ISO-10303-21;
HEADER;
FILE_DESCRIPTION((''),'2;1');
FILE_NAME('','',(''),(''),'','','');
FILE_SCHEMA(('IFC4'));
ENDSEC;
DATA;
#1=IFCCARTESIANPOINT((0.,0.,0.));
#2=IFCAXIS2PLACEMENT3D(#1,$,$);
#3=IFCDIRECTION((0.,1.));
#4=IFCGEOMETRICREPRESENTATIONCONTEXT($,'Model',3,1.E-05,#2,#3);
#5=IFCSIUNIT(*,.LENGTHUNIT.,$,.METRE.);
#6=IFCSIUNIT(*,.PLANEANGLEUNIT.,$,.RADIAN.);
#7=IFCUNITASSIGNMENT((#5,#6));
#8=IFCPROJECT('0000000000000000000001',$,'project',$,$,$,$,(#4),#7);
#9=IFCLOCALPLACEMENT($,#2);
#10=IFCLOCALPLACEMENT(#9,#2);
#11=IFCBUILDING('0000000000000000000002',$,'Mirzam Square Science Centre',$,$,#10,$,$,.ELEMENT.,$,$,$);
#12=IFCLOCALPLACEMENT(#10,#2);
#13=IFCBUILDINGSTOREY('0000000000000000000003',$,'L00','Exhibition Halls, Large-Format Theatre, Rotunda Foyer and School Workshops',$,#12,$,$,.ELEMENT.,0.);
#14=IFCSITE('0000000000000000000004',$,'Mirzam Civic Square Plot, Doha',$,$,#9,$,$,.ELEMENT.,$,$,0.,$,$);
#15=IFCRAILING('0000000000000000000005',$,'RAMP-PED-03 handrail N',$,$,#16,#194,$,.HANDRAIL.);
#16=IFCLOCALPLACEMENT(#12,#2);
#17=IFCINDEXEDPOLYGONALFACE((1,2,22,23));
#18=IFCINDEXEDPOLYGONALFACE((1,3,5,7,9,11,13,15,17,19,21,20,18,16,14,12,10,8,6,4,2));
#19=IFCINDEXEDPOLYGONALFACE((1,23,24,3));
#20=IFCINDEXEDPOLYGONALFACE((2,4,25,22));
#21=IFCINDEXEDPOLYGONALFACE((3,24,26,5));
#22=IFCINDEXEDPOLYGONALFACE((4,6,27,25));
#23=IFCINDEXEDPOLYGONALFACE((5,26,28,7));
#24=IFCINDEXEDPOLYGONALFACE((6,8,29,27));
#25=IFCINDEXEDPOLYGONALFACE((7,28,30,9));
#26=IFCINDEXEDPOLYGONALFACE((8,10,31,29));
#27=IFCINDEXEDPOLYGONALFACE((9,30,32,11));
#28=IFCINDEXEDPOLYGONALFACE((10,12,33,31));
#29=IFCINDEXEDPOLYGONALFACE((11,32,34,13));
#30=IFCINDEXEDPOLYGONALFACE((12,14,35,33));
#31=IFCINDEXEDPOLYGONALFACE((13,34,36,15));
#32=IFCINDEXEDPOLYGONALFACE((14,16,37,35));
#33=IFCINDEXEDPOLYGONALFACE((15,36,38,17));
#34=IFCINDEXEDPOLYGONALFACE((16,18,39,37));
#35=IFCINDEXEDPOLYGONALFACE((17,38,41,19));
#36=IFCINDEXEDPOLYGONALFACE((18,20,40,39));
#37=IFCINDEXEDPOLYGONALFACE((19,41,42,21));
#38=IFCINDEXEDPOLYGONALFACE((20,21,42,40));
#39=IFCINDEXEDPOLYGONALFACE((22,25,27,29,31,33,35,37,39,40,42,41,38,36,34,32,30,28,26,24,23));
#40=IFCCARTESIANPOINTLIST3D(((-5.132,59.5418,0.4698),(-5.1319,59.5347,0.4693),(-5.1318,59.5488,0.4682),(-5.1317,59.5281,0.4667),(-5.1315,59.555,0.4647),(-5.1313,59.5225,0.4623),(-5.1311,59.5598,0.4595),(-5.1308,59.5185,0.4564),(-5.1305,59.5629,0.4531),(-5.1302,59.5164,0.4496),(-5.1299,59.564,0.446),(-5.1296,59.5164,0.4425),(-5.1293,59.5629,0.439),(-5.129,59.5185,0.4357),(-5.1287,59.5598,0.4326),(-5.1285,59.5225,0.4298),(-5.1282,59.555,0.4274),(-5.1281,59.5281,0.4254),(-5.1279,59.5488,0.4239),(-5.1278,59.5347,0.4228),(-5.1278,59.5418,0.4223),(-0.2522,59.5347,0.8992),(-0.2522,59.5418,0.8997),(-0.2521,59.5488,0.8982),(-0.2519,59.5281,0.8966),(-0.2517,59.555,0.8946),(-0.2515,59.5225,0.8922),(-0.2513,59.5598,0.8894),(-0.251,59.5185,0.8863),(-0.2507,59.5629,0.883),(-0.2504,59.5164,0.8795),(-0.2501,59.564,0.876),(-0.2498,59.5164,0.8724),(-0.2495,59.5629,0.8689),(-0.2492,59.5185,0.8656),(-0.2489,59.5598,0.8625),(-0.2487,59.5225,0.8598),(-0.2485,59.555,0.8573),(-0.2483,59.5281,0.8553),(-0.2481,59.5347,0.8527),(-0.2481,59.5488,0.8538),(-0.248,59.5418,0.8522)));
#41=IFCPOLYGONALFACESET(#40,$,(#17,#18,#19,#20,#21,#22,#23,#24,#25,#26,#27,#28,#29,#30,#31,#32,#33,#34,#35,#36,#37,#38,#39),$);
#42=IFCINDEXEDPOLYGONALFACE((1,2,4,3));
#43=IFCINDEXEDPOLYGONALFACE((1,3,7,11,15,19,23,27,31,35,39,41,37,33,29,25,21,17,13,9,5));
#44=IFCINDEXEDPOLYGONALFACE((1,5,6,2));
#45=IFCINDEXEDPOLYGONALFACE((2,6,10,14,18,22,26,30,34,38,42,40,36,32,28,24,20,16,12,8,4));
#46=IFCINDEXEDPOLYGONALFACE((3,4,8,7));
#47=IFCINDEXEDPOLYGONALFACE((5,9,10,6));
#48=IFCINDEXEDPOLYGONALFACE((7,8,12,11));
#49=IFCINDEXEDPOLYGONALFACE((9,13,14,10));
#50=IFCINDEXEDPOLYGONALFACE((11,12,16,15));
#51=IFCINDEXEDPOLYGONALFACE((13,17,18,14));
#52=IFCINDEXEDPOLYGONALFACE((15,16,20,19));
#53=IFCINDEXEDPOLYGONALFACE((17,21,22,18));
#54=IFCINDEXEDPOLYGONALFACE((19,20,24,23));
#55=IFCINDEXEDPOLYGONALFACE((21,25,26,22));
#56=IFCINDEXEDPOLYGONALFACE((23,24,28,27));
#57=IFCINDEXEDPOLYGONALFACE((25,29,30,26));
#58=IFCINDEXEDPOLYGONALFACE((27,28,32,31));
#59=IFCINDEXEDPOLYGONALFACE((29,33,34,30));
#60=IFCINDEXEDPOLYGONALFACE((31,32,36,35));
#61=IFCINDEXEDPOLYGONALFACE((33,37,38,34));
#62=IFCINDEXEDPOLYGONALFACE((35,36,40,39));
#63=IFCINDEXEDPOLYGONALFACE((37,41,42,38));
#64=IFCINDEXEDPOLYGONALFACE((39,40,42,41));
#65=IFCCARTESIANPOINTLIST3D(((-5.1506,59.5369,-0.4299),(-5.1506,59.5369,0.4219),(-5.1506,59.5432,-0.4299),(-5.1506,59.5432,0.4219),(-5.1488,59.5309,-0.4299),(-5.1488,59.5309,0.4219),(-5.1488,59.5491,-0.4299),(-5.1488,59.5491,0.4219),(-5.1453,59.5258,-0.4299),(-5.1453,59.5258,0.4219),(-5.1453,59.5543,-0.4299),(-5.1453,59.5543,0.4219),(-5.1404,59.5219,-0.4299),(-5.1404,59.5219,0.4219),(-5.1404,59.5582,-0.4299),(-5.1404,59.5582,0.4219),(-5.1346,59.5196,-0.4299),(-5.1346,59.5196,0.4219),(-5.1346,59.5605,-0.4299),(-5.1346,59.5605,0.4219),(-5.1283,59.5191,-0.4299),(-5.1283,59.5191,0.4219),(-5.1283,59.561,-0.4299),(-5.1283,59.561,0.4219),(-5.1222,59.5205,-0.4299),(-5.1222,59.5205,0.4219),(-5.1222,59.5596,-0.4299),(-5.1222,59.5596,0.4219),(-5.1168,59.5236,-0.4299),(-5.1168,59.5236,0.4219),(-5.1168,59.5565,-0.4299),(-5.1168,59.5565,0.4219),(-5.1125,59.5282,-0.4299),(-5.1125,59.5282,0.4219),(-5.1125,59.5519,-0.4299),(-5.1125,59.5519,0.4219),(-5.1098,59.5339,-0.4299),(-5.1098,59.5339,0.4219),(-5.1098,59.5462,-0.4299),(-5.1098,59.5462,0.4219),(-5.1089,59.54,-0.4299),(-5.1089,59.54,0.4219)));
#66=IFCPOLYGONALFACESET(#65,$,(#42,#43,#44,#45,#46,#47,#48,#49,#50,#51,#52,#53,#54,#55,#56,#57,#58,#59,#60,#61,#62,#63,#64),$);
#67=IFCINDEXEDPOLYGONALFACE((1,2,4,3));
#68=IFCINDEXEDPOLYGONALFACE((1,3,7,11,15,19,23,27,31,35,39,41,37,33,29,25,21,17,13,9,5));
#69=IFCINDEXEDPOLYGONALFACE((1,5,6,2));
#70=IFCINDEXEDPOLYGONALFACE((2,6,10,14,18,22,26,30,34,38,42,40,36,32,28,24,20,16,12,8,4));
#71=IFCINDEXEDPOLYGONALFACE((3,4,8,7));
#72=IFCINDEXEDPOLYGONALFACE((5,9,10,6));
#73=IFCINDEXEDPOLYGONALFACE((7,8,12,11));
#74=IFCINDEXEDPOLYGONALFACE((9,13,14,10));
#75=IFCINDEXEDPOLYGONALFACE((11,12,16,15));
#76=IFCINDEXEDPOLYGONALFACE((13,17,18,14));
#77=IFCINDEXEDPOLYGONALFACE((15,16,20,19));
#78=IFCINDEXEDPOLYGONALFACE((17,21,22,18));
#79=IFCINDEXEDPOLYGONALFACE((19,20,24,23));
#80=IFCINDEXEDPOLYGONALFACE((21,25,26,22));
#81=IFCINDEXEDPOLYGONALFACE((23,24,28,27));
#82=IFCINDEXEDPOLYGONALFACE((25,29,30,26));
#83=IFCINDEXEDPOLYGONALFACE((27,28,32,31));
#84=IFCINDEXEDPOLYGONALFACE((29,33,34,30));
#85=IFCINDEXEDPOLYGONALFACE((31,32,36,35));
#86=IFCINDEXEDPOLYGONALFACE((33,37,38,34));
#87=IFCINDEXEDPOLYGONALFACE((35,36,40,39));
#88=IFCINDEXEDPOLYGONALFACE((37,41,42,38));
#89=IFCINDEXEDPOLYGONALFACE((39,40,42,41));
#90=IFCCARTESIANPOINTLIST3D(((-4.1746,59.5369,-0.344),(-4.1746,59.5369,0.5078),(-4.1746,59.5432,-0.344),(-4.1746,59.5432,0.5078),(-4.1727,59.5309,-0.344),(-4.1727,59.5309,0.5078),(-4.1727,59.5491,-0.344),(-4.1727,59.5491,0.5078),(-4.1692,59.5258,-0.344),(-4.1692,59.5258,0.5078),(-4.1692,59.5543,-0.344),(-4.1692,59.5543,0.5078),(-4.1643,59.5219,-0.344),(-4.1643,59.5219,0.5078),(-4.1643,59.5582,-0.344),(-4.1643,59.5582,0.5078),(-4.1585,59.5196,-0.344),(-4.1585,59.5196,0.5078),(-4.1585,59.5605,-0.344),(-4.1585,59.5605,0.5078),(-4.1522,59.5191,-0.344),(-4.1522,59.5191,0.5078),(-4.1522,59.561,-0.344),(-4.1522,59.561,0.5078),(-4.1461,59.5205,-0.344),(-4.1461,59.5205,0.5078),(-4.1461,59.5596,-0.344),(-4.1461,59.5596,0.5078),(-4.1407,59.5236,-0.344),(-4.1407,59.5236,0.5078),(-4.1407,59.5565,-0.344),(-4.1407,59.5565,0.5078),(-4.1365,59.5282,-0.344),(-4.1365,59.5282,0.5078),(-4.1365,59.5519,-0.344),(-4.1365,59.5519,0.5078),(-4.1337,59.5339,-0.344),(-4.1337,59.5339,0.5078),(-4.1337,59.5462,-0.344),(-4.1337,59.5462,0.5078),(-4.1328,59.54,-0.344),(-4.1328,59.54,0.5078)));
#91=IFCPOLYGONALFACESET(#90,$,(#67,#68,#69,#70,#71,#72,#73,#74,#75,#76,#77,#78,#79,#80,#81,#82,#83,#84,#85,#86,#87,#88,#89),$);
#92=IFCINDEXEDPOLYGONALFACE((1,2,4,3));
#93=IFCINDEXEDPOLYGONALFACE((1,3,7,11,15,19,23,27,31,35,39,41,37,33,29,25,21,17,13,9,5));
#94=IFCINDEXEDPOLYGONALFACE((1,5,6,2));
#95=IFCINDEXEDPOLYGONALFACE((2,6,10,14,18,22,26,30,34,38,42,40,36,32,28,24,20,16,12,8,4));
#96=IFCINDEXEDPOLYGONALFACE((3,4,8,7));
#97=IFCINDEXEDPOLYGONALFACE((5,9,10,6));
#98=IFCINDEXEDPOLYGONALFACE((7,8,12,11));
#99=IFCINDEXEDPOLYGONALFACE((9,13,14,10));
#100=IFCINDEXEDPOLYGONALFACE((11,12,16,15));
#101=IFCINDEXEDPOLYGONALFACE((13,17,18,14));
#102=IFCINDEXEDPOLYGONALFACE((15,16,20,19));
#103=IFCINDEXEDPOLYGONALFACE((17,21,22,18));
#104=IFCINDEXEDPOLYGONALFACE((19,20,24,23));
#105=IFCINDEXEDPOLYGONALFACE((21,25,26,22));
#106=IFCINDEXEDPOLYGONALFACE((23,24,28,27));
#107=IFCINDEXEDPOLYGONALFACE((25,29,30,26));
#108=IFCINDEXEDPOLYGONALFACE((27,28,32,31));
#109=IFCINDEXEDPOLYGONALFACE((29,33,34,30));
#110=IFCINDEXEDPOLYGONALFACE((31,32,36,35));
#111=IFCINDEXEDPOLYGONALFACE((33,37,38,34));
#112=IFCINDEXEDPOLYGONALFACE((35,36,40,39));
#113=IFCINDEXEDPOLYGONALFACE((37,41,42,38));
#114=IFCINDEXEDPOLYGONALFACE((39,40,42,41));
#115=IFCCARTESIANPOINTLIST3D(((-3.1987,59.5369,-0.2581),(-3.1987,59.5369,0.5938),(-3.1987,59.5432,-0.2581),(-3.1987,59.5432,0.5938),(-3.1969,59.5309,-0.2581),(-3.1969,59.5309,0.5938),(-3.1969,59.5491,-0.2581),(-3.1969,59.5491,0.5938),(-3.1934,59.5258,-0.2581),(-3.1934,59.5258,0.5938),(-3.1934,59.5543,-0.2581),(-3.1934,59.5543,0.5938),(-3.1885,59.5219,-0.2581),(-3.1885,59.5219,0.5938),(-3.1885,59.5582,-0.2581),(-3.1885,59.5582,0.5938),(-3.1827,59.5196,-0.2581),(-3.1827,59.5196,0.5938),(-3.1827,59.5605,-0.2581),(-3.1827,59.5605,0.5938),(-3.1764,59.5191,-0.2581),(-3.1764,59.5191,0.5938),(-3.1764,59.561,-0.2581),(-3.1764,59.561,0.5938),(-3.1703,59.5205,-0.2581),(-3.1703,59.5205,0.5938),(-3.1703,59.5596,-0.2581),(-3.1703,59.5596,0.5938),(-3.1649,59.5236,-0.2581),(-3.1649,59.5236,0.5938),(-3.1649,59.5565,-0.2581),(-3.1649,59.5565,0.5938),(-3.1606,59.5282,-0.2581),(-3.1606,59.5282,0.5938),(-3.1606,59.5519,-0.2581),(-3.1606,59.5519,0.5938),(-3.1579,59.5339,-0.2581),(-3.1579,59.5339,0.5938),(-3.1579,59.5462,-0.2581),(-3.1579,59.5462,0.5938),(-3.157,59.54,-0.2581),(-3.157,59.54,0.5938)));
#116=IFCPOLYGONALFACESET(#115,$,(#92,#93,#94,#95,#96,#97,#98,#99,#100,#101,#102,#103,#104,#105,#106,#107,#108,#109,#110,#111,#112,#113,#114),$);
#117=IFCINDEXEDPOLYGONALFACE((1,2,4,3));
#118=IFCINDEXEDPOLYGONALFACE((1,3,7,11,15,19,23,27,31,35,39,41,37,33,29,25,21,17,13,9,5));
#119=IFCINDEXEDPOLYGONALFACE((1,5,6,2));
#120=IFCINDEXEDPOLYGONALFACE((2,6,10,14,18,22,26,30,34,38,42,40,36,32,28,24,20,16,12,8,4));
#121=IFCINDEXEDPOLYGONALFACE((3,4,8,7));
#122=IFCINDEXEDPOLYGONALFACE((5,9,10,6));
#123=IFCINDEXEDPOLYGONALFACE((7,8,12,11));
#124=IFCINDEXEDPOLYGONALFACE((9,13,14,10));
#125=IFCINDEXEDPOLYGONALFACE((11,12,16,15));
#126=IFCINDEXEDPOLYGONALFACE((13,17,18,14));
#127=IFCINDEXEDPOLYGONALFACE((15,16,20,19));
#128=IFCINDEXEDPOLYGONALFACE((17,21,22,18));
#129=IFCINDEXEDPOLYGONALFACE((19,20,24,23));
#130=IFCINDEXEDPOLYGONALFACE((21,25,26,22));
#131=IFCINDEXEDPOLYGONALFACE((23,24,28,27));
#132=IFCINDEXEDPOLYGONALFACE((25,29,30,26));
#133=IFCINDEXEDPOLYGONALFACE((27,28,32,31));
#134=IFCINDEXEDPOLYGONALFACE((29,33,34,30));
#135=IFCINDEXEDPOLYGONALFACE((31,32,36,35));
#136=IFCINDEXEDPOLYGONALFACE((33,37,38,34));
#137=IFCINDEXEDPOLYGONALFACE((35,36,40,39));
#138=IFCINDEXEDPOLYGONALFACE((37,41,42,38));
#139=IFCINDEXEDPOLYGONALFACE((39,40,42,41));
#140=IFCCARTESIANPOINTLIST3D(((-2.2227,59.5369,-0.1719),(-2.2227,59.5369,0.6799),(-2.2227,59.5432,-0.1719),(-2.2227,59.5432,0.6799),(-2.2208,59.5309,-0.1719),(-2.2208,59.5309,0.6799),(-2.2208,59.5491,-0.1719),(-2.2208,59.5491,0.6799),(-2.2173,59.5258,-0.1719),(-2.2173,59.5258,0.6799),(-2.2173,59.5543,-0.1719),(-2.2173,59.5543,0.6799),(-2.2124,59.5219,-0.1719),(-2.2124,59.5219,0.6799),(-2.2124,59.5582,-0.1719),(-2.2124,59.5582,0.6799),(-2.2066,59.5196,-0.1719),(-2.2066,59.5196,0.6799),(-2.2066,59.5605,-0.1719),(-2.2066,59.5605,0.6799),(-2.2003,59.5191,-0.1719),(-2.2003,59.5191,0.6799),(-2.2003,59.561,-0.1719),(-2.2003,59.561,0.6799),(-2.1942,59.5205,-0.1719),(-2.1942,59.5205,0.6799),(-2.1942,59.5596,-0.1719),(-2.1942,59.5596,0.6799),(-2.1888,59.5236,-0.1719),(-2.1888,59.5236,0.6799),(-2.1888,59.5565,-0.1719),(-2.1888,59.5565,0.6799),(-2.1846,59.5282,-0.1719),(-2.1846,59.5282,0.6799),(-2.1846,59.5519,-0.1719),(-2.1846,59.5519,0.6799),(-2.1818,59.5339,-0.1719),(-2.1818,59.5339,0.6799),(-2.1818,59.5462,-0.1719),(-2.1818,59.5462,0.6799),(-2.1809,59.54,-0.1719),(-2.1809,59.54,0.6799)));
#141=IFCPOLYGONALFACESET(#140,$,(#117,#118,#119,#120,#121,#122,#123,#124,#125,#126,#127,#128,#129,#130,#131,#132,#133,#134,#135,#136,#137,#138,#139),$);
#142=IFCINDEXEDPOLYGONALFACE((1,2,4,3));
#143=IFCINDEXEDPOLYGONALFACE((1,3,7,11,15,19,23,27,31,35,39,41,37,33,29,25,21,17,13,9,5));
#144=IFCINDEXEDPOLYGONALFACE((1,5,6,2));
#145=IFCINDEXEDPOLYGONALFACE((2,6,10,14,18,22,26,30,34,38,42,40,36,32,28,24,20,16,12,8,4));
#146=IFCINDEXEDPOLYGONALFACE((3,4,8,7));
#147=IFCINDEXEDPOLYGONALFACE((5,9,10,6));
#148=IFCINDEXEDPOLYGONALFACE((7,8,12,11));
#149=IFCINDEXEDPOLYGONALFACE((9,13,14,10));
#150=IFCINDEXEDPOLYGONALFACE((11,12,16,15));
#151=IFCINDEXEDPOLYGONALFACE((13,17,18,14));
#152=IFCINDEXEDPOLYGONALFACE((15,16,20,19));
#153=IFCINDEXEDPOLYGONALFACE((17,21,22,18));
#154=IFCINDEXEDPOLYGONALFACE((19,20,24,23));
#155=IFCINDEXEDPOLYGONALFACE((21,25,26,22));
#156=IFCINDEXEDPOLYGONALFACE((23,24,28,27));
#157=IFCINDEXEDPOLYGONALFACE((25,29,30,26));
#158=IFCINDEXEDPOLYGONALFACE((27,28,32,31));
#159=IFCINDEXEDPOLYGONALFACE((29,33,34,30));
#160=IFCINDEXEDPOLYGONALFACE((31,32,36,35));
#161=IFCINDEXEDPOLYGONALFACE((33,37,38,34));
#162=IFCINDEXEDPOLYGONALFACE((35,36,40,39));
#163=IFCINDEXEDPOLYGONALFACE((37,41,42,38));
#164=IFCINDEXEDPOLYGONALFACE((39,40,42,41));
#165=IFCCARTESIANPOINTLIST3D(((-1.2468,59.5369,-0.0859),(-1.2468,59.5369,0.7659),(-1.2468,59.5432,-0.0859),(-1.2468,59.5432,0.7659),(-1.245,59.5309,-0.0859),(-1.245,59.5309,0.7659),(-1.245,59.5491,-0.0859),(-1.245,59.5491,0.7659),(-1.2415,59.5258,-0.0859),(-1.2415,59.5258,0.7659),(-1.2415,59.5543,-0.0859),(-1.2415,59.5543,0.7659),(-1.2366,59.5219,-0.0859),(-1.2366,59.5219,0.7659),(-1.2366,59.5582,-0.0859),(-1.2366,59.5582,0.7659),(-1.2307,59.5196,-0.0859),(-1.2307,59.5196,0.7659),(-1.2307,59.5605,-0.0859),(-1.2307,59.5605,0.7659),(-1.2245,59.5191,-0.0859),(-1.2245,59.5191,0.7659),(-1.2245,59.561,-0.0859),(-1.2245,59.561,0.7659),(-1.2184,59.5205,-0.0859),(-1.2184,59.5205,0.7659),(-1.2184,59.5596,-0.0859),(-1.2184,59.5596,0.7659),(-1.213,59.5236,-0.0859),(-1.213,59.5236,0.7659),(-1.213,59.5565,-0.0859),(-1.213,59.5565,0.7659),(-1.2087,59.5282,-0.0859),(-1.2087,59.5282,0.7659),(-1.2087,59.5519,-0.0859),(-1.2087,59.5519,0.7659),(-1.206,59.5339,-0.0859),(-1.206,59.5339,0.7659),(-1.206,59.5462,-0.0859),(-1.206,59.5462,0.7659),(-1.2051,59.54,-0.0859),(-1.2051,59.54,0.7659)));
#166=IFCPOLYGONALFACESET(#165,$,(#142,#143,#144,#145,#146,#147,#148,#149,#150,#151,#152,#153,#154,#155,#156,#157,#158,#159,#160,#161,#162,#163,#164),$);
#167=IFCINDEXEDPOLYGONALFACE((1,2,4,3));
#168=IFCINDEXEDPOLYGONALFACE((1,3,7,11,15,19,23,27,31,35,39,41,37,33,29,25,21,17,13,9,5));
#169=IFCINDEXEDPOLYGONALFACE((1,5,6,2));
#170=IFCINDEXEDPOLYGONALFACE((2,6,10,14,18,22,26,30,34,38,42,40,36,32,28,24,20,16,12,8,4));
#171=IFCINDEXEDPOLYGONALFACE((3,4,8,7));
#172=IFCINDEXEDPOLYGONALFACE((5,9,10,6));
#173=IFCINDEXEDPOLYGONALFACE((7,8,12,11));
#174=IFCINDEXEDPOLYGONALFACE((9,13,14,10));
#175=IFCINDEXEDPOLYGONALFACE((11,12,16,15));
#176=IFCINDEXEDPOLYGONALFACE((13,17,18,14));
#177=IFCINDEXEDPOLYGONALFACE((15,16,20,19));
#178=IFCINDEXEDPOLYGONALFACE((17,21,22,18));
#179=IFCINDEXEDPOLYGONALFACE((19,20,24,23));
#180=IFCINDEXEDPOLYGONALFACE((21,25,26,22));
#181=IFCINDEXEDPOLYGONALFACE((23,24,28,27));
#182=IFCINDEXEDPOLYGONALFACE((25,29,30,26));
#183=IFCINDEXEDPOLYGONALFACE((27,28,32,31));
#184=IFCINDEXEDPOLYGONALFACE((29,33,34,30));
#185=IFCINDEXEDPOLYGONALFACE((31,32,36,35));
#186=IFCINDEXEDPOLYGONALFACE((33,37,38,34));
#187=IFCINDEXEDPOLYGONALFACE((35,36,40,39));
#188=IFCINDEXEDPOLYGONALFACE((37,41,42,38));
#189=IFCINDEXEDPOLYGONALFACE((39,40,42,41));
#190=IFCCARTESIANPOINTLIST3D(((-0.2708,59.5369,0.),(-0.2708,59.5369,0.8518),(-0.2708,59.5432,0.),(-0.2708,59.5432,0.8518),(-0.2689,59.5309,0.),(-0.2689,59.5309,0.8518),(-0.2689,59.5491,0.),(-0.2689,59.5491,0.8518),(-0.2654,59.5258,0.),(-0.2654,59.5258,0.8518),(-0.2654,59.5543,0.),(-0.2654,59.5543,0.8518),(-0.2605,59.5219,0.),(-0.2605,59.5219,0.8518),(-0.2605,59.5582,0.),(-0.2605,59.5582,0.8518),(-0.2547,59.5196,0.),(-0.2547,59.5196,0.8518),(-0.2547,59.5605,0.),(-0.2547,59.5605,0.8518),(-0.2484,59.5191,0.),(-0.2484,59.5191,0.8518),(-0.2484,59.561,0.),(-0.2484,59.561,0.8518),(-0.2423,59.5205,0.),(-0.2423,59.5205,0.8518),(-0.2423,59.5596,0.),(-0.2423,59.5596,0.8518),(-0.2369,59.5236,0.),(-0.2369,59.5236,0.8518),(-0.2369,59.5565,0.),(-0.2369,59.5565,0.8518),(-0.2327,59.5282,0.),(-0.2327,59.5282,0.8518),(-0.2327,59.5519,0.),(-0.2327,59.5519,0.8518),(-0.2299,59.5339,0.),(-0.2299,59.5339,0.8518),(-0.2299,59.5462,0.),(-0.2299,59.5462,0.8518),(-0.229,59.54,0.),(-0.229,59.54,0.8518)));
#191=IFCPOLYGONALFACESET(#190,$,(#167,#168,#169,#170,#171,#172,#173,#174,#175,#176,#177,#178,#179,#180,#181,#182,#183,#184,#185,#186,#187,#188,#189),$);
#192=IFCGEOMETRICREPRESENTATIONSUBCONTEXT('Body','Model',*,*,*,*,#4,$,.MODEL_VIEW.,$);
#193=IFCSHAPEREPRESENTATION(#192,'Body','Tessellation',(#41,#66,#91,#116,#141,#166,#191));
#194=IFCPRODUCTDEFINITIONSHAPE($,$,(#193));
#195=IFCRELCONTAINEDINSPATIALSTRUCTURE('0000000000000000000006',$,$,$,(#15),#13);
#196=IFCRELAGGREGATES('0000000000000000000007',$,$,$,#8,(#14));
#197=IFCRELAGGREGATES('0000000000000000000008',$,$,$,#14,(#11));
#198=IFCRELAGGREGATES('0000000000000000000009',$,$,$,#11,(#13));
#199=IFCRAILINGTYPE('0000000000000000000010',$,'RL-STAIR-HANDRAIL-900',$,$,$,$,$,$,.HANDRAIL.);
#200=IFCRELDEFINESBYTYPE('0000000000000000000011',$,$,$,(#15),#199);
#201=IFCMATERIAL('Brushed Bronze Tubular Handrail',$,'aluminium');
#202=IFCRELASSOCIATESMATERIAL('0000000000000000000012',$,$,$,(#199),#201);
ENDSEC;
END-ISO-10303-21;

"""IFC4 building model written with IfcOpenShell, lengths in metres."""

from ifc_helpers import new_model, si_unit, direction, frame, origin, origin_2d, place, context, subcontext, project, spatial, circle, extrude, material, type_object, element, save


model = new_model("IFC4")

# Units and contexts
model_context = context("Model", 3, precision=1e-05, world=origin(), true_north=direction((0.0, 1.0)))
body_context = subcontext(model_context, "Body", "Model", "MODEL_VIEW")
ifc_project = project(units=[si_unit("LENGTHUNIT", "METRE"), si_unit("PLANEANGLEUNIT", "RADIAN")], contexts=[model_context])

# Site, building, storey
site_placement = place(None, origin())
site = spatial("IfcSite", under=ifc_project, at=site_placement, Name="Mirzam Civic Square Plot, Doha", CompositionType="ELEMENT", RefElevation=0.0)
building_placement = place(site_placement, origin())
building = spatial("IfcBuilding", under=site, at=building_placement, Name="Mirzam Square Science Centre", CompositionType="ELEMENT")
storey_placement = place(building_placement, origin())
storey = spatial("IfcBuildingStorey", under=building, at=storey_placement, Name="L00", Description="Exhibition Halls, Large-Format Theatre, Rotunda Foyer and School Workshops", CompositionType="ELEMENT", Elevation=0.0)

# Railing
ifc_material_1 = material(Name="Brushed Bronze Tubular Handrail", Category="aluminium")
railing_type = type_object("IfcRailingType", Name="RL-STAIR-HANDRAIL-900", PredefinedType="HANDRAIL", material=ifc_material_1)
for number, where, name in (
    (1, (-5.1299, 59.54, -0.4299), "RAMP-PED-03 handrail N"),
):
    element("IfcRailing", number, at=place(storey_placement, frame(where)), inside=storey, type_object=railing_type, Name=name, PredefinedType="HANDRAIL", context=body_context, shape_type="SweptSolid", body=[
        extrude(circle(Radius=0.0239, at=origin_2d()), frame((0.0, 0.0, 0.876), z_axis=(0.996141, 0.0, 0.087763), x_axis=(0.0, 1.0, 0.0)), (0.0, 0.0, 1.0), 4.8987),
        extrude(circle(Radius=0.021, at=origin_2d()), origin(), (0.0, 0.0, 1.0), 0.8518),
        extrude(circle(Radius=0.021, at=origin_2d()), frame((0.9761, 0.0, 0.0859)), (0.0, 0.0, 1.0), 0.8518),
        extrude(circle(Radius=0.021, at=origin_2d()), frame((1.9519, 0.0, 0.1719)), (0.0, 0.0, 1.0), 0.8518),
        extrude(circle(Radius=0.021, at=origin_2d()), frame((2.928, 0.0, 0.2581)), (0.0, 0.0, 1.0), 0.8518),
        extrude(circle(Radius=0.021, at=origin_2d()), frame((3.9038, 0.0, 0.344)), (0.0, 0.0, 1.0), 0.8518),
        extrude(circle(Radius=0.021, at=origin_2d()), frame((4.8799, 0.0, 0.4299)), (0.0, 0.0, 1.0), 0.8518),
    ])

save(model, "model.ifc")
